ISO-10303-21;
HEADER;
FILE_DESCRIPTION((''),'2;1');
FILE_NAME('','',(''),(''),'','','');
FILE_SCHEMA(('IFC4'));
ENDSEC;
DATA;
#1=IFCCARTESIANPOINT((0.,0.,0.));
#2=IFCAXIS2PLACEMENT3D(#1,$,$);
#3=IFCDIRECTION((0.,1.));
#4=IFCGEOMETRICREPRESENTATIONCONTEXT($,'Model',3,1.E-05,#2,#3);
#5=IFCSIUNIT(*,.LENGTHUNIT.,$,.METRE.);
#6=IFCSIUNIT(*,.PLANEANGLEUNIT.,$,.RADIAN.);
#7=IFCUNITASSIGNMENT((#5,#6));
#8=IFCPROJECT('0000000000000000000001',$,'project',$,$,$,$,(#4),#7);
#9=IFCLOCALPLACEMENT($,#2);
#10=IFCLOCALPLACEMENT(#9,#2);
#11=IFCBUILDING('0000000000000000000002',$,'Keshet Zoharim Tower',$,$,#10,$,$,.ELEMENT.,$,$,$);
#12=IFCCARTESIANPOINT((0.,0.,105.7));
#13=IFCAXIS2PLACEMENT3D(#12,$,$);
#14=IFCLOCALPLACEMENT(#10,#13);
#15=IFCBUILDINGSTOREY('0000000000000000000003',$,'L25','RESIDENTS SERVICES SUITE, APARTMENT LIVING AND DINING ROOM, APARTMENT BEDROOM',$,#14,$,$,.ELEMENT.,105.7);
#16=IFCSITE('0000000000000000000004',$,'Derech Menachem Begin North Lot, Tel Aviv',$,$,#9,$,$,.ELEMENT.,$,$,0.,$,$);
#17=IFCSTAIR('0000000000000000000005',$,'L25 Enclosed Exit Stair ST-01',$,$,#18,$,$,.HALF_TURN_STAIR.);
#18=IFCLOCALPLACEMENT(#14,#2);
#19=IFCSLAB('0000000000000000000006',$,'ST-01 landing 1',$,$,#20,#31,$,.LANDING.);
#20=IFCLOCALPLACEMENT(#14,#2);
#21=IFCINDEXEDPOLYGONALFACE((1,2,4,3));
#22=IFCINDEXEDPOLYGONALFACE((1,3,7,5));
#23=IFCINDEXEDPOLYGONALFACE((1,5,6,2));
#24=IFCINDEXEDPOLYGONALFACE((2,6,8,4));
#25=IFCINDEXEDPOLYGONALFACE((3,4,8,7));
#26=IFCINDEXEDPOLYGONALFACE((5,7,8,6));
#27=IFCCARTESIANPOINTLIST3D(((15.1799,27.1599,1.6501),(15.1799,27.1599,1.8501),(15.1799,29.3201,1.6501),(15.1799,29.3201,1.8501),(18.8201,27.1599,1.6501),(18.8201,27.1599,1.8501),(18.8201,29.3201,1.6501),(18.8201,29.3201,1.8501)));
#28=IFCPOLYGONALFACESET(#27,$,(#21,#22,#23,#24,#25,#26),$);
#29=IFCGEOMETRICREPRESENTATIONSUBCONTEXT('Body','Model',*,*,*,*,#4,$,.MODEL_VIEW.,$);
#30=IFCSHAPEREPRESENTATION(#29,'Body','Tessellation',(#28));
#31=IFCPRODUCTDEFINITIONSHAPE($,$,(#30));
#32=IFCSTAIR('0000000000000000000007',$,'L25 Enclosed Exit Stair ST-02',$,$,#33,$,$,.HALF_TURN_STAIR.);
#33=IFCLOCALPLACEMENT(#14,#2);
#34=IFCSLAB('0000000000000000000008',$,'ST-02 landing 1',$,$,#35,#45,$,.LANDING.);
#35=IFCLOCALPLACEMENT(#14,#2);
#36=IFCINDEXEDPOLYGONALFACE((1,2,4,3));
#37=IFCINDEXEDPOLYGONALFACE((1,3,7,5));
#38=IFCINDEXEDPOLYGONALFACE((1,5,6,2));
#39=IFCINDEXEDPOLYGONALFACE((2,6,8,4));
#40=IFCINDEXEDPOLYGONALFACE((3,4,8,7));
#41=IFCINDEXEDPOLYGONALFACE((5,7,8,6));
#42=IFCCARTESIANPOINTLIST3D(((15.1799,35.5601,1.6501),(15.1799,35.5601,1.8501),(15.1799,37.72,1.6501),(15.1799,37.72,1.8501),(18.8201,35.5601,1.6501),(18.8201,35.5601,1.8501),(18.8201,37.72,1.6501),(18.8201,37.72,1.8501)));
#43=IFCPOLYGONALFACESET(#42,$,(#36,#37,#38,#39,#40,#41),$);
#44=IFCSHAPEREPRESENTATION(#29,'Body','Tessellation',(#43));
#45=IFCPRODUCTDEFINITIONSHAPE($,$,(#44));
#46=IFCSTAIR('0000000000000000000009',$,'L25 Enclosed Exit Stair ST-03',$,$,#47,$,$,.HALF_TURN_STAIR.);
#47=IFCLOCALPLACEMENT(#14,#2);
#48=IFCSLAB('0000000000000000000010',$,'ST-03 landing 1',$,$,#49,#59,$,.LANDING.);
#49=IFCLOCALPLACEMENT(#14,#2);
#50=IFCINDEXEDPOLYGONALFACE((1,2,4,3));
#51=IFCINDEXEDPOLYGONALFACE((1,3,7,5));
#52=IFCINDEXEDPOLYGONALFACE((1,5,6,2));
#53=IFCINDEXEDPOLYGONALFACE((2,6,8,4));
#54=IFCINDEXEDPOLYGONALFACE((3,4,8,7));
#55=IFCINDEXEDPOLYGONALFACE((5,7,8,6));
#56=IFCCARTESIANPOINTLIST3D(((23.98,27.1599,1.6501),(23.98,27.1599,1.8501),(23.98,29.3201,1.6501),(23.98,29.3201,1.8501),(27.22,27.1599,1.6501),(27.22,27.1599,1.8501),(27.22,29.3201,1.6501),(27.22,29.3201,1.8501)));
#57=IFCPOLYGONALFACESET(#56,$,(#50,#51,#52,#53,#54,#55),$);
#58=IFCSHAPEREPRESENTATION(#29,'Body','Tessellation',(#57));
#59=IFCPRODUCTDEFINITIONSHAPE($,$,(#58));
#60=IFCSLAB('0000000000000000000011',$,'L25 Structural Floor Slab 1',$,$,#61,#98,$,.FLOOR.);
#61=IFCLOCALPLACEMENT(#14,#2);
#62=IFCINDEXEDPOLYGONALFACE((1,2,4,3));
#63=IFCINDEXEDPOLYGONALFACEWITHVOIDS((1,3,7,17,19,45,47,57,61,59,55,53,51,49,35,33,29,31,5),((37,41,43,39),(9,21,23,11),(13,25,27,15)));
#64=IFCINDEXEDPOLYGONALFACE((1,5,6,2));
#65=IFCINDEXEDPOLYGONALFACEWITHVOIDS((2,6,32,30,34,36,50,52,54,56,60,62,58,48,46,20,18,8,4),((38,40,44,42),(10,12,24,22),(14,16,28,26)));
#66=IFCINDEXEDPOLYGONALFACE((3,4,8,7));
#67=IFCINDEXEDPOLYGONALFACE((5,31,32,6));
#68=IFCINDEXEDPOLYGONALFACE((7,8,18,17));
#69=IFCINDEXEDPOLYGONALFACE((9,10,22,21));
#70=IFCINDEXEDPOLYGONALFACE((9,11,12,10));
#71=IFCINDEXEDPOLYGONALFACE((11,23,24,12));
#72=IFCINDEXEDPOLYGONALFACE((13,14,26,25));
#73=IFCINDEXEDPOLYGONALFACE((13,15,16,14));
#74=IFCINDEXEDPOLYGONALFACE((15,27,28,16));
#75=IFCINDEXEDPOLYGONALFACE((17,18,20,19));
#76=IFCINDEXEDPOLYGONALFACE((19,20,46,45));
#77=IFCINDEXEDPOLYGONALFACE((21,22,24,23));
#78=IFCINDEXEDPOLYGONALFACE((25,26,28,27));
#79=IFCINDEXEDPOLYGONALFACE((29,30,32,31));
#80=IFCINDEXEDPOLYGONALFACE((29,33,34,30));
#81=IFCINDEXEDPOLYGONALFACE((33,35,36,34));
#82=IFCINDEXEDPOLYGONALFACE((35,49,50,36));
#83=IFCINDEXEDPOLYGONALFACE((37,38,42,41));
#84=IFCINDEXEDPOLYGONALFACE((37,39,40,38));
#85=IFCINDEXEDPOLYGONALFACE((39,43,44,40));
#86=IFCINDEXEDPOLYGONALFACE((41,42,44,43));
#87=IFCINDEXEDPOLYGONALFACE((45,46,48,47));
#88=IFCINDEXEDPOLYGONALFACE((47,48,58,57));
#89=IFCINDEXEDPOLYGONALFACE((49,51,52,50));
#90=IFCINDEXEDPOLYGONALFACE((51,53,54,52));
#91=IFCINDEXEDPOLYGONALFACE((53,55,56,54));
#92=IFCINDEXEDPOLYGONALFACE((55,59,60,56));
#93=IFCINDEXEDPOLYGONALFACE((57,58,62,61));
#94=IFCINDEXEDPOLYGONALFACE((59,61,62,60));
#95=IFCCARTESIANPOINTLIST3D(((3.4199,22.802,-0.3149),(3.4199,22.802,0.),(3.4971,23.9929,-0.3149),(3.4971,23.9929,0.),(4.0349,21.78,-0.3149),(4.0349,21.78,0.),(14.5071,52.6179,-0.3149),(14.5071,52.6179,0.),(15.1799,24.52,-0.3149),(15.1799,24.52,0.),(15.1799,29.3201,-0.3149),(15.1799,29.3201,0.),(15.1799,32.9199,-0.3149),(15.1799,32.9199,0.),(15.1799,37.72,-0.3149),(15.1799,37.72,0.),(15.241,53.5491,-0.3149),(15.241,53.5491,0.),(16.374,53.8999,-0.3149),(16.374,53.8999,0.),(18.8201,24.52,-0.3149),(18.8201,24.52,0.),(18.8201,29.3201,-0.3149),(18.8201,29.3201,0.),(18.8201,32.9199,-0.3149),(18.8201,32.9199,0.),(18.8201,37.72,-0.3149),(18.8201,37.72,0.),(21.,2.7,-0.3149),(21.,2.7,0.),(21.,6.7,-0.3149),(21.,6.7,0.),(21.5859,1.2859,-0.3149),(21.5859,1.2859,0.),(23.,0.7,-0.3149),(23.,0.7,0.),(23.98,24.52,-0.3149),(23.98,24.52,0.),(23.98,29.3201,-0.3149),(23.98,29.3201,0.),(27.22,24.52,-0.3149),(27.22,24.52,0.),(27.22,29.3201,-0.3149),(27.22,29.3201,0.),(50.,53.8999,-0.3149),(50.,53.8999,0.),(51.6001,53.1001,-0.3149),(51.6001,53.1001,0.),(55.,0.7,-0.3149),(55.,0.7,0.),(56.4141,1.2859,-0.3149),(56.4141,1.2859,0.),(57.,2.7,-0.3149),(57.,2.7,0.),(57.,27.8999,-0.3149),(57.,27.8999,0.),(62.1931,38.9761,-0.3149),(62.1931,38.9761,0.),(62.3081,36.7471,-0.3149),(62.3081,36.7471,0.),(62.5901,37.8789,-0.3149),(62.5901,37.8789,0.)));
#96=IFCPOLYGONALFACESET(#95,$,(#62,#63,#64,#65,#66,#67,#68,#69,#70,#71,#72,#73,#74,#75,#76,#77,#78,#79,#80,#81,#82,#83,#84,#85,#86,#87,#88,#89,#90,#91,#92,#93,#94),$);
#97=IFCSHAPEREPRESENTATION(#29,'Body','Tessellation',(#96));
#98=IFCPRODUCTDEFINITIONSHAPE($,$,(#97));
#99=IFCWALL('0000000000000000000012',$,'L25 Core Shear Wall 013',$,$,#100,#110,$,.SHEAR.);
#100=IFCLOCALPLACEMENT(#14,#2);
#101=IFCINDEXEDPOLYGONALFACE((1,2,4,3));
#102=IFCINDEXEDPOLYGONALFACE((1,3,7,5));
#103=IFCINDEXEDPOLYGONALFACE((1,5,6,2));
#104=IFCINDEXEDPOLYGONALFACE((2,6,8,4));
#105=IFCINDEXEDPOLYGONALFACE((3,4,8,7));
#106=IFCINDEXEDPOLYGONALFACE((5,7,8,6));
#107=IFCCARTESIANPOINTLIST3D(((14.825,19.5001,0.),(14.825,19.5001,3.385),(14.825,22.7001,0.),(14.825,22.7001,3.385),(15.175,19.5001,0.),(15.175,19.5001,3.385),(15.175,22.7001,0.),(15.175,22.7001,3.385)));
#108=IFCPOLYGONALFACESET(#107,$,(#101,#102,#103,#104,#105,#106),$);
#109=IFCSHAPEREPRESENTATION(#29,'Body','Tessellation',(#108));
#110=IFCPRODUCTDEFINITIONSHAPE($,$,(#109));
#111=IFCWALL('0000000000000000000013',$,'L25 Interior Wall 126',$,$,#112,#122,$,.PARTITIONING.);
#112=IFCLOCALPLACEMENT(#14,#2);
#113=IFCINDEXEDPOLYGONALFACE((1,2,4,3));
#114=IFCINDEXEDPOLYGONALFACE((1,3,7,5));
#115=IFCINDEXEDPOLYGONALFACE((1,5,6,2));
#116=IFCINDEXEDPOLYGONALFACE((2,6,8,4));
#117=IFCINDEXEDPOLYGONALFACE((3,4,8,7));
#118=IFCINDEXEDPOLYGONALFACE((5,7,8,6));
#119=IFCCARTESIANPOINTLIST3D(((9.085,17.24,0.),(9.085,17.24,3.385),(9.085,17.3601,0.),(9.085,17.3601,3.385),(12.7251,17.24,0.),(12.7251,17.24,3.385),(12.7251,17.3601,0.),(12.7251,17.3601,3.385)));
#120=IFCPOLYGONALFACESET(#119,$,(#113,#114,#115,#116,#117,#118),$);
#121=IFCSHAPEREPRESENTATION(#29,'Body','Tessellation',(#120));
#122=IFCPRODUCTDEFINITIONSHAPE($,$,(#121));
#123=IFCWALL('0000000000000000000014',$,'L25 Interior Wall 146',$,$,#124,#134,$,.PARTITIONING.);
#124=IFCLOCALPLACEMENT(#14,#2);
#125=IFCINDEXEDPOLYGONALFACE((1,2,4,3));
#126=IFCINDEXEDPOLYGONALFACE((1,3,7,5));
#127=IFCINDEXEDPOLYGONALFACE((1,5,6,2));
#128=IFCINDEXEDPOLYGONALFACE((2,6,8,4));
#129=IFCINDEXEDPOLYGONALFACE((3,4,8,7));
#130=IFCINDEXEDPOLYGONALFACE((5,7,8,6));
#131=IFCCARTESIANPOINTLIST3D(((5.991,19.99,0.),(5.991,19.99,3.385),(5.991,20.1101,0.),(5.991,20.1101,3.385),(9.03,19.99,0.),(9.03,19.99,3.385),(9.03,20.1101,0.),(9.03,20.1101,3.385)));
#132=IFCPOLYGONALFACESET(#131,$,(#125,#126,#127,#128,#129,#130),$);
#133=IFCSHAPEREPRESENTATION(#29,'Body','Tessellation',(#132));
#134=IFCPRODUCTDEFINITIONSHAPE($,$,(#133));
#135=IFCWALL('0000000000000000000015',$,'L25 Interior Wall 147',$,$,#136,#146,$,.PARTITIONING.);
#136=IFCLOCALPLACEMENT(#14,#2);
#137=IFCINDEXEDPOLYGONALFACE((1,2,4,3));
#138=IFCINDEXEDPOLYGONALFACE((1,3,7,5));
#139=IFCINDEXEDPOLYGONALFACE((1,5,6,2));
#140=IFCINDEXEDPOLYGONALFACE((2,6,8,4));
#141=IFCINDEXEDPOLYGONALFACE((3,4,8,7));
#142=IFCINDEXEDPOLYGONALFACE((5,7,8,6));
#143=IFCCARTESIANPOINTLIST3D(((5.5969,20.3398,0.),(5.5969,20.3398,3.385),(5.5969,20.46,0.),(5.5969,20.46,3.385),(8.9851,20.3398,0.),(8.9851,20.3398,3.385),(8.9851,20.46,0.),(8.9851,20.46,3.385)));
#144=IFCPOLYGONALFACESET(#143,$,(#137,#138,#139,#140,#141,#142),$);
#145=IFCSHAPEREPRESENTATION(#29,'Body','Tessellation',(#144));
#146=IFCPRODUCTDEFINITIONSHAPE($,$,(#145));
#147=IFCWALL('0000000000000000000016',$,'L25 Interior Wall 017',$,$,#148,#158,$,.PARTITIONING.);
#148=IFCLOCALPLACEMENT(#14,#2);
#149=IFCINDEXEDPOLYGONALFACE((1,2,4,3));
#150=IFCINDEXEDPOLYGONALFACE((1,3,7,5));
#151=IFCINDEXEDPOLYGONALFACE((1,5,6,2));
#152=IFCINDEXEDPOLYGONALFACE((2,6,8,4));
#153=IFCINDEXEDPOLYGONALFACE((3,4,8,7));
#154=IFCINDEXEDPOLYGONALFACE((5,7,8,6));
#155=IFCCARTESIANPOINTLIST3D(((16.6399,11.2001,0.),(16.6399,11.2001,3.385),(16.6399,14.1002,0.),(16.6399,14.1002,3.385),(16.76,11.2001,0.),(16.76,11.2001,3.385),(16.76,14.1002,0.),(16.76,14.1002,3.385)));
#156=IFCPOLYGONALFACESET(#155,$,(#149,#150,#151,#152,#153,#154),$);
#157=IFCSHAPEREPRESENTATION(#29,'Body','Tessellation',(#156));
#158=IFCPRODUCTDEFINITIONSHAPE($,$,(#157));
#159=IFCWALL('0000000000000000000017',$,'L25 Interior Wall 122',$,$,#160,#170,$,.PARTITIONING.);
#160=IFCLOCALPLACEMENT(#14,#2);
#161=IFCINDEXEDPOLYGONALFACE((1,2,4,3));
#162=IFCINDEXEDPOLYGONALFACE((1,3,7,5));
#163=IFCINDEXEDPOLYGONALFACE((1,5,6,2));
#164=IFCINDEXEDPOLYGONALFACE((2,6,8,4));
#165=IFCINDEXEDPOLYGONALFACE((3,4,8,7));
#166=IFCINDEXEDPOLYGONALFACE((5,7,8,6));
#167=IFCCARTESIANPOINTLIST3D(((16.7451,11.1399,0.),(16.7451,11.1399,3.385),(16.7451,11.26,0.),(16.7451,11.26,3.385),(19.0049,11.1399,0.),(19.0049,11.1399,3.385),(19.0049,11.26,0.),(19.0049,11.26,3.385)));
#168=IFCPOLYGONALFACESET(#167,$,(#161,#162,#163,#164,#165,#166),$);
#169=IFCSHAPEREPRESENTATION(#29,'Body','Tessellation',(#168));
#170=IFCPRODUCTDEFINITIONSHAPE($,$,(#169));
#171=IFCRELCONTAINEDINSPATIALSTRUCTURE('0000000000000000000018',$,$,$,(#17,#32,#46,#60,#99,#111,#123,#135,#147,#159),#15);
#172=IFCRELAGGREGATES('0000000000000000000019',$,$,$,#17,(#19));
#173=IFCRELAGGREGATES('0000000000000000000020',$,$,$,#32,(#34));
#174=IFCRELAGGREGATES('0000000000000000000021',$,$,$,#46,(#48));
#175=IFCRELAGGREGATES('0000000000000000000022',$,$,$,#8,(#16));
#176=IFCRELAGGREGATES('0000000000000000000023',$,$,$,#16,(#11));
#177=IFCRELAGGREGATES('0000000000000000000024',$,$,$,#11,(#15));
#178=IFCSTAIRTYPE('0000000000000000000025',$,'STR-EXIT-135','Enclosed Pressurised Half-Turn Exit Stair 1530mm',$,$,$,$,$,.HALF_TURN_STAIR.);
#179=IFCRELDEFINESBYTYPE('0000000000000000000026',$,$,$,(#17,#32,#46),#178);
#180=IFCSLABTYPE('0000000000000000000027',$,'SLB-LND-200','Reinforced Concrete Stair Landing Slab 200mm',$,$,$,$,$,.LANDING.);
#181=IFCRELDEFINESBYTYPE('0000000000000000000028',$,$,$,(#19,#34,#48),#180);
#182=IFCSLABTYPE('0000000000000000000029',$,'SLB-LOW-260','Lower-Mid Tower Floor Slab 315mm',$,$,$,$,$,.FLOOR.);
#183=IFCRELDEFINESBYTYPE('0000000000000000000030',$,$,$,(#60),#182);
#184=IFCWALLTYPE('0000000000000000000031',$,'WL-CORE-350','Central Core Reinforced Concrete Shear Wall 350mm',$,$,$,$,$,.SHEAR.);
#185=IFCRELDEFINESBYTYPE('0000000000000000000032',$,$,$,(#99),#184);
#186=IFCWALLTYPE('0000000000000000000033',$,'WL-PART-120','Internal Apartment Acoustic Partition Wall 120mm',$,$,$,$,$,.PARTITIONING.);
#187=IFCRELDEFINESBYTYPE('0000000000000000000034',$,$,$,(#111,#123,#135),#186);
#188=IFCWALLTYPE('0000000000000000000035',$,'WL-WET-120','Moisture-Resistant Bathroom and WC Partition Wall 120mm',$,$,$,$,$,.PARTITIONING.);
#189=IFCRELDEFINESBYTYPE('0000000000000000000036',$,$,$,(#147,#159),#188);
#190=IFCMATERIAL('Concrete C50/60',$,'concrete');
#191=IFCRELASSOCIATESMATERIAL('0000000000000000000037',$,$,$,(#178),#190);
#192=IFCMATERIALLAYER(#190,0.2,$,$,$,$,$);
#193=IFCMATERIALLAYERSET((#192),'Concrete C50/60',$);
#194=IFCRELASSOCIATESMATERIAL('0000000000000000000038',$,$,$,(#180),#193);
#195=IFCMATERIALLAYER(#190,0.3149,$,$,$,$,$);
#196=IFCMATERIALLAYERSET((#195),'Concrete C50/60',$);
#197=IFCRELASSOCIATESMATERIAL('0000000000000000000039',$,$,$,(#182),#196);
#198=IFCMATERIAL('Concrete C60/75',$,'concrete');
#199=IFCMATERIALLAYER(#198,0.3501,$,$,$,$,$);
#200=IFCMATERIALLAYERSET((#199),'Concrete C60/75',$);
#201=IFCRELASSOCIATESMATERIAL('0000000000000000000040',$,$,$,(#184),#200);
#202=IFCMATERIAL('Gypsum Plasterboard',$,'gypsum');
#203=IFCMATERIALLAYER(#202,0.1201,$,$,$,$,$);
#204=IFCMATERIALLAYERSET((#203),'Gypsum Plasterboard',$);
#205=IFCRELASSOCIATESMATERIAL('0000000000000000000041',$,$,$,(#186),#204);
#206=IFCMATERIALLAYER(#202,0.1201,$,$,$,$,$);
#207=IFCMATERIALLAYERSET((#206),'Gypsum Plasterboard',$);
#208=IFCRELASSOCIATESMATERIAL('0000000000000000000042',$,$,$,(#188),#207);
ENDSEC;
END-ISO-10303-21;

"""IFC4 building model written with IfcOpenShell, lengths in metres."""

from ifc_helpers import new_model, si_unit, direction, frame, frame_2d, origin, place, context, subcontext, project, spatial, polyline, rectangle, outline, extrude, material, layer, layer_set, type_object, element, aggregate, save


model = new_model("IFC4")

# Units and contexts
model_context = context("Model", 3, precision=1e-05, world=origin(), true_north=direction((0.0, 1.0)))
body_context = subcontext(model_context, "Body", "Model", "MODEL_VIEW")
ifc_project = project(units=[si_unit("LENGTHUNIT", "METRE"), si_unit("PLANEANGLEUNIT", "RADIAN")], contexts=[model_context])

# Site, building, storey
site_placement = place(None, origin())
site = spatial("IfcSite", under=ifc_project, at=site_placement, Name="Derech Menachem Begin North Lot, Tel Aviv", CompositionType="ELEMENT", RefElevation=0.0)
building_placement = place(site_placement, origin())
building = spatial("IfcBuilding", under=site, at=building_placement, Name="Keshet Zoharim Tower", CompositionType="ELEMENT")
storey_placement = place(building_placement, frame((0.0, 0.0, 105.7)))
storey = spatial("IfcBuildingStorey", under=building, at=storey_placement, Name="L25", Description="RESIDENTS SERVICES SUITE, APARTMENT LIVING AND DINING ROOM, APARTMENT BEDROOM", CompositionType="ELEMENT", Elevation=105.7)

# Shared definitions
ifc_material_1 = material(Name="Concrete C60/75", Category="concrete")

# Stairs, slabs
ifc_material_2 = material(Name="Concrete C50/60", Category="concrete")
stair_type = type_object("IfcStairType", Name="STR-EXIT-135", Description="Enclosed Pressurised Half-Turn Exit Stair 1530mm", PredefinedType="HALF_TURN_STAIR", material=ifc_material_2)
stair_1_placement = place(storey_placement, origin())
stair_1 = element("IfcStair", 1, at=stair_1_placement, inside=storey, type_object=stair_type, Name="L25 Enclosed Exit Stair ST-01", PredefinedType="HALF_TURN_STAIR")
ifc_layer_1 = layer(ifc_material_2, 0.2)
ifc_layer_set_1 = layer_set([ifc_layer_1], Name="Concrete C50/60")
slab_type_1 = type_object("IfcSlabType", Name="SLB-LND-200", Description="Reinforced Concrete Stair Landing Slab 200mm", PredefinedType="LANDING", material=ifc_layer_set_1)
slab_1_placement = place(storey_placement, frame((0.0, 0.0, 1.6501)))
slab_1 = element("IfcSlab", 2, at=slab_1_placement, type_object=slab_type_1, Name="ST-01 landing 1", PredefinedType="LANDING", context=body_context, shape_type="SweptSolid", body=[
    extrude(outline(polyline([(15.1799, 27.1599), (18.8201, 27.1599), (18.8201, 29.3201), (15.1799, 29.3201), (15.1799, 27.1599)])), origin(), (0.0, 0.0, 1.0), 0.2),
])
aggregate(stair_1, [slab_1])
stair_2_placement = place(storey_placement, origin())
stair_2 = element("IfcStair", 3, at=stair_2_placement, inside=storey, type_object=stair_type, Name="L25 Enclosed Exit Stair ST-02", PredefinedType="HALF_TURN_STAIR")
slab_2_placement = place(storey_placement, frame((0.0, 0.0, 1.6501)))
slab_2 = element("IfcSlab", 4, at=slab_2_placement, type_object=slab_type_1, Name="ST-02 landing 1", PredefinedType="LANDING", context=body_context, shape_type="SweptSolid", body=[
    extrude(outline(polyline([(15.1799, 35.5601), (18.8201, 35.5601), (18.8201, 37.72), (15.1799, 37.72), (15.1799, 35.5601)])), origin(), (0.0, 0.0, 1.0), 0.2),
])
aggregate(stair_2, [slab_2])
stair_3_placement = place(storey_placement, origin())
stair_3 = element("IfcStair", 5, at=stair_3_placement, inside=storey, type_object=stair_type, Name="L25 Enclosed Exit Stair ST-03", PredefinedType="HALF_TURN_STAIR")
slab_3_placement = place(storey_placement, frame((0.0, 0.0, 1.6501)))
slab_3 = element("IfcSlab", 6, at=slab_3_placement, type_object=slab_type_1, Name="ST-03 landing 1", PredefinedType="LANDING", context=body_context, shape_type="SweptSolid", body=[
    extrude(outline(polyline([(23.98, 27.1599), (27.22, 27.1599), (27.22, 29.3201), (23.98, 29.3201), (23.98, 27.1599)])), origin(), (0.0, 0.0, 1.0), 0.2),
])
aggregate(stair_3, [slab_3])

# Slab
ifc_layer_2 = layer(ifc_material_2, 0.3149)
ifc_layer_set_2 = layer_set([ifc_layer_2], Name="Concrete C50/60")
slab_type_2 = type_object("IfcSlabType", Name="SLB-LOW-260", Description="Lower-Mid Tower Floor Slab 315mm", PredefinedType="FLOOR", material=ifc_layer_set_2)
slab_4_placement = place(storey_placement, frame((0.0, 0.0, -0.3149)))
element("IfcSlab", 7, at=slab_4_placement, inside=storey, type_object=slab_type_2, Name="L25 Structural Floor Slab 1", PredefinedType="FLOOR", context=body_context, shape_type="SweptSolid", body=[
    extrude(outline(polyline([(57.0, 2.7), (56.4141, 1.2859), (55.0, 0.7), (23.0, 0.7), (21.5859, 1.2859), (21.0, 2.7), (21.0, 6.7), (4.0349, 21.78), (3.4199, 22.802), (3.4971, 23.9929), (14.5071, 52.6179), (15.241, 53.5491), (16.374, 53.8999), (50.0, 53.8999), (51.6001, 53.1001), (62.1931, 38.9761), (62.5901, 37.8789), (62.3081, 36.7471), (57.0, 27.8999), (57.0, 2.7)]), holes=[polyline([(15.1799, 24.52), (18.8201, 24.52), (18.8201, 29.3201), (15.1799, 29.3201), (15.1799, 24.52)]), polyline([(15.1799, 32.9199), (18.8201, 32.9199), (18.8201, 37.72), (15.1799, 37.72), (15.1799, 32.9199)]), polyline([(23.98, 24.52), (27.22, 24.52), (27.22, 29.3201), (23.98, 29.3201), (23.98, 24.52)])]), origin(), (0.0, 0.0, 1.0), 0.3149),
])

# Wall
ifc_layer_3 = layer(ifc_material_1, 0.3501)
ifc_layer_set_3 = layer_set([ifc_layer_3], Name="Concrete C60/75")
wall_type_1 = type_object("IfcWallType", Name="WL-CORE-350", Description="Central Core Reinforced Concrete Shear Wall 350mm", PredefinedType="SHEAR", material=ifc_layer_set_3)
wall_1_placement = place(storey_placement, frame((15.0, 19.5, 0.0), z_axis=(0.0, 0.0, 1.0), x_axis=(0.0, 1.0, 0.0)))
element("IfcWall", 8, at=wall_1_placement, inside=storey, type_object=wall_type_1, Name="L25 Core Shear Wall 013", PredefinedType="SHEAR", context=body_context, shape_type="SweptSolid", body=[
    extrude(rectangle(XDim=3.2, YDim=0.3501, at=frame_2d((1.6001, 0.0))), origin(), (0.0, 0.0, 1.0), 3.385),
])

# Shared definitions
ifc_material_3 = material(Name="Gypsum Plasterboard", Category="gypsum")
ifc_layer_4 = layer(ifc_material_3, 0.1201)
ifc_layer_set_4 = layer_set([ifc_layer_4], Name="Gypsum Plasterboard")
wall_type_2 = type_object("IfcWallType", Name="WL-PART-120", Description="Internal Apartment Acoustic Partition Wall 120mm", PredefinedType="PARTITIONING", material=ifc_layer_set_4)

# Walls
wall_2_placement = place(storey_placement, frame((9.085, 17.3, 0.0), z_axis=(0.0, 0.0, 1.0), x_axis=(1.0, 0.0, 0.0)))
element("IfcWall", 9, at=wall_2_placement, inside=storey, type_object=wall_type_2, Name="L25 Interior Wall 126", PredefinedType="PARTITIONING", context=body_context, shape_type="SweptSolid", body=[
    extrude(rectangle(XDim=3.6401, YDim=0.1201, at=frame_2d((1.8201, 0.0))), origin(), (0.0, 0.0, 1.0), 3.385),
])
wall_3_placement = place(storey_placement, frame((5.991, 20.05, 0.0), z_axis=(0.0, 0.0, 1.0), x_axis=(1.0, 0.0, 0.0)))
element("IfcWall", 10, at=wall_3_placement, inside=storey, type_object=wall_type_2, Name="L25 Interior Wall 146", PredefinedType="PARTITIONING", context=body_context, shape_type="SweptSolid", body=[
    extrude(rectangle(XDim=3.0391, YDim=0.1201, at=frame_2d((1.5195, 0.0))), origin(), (0.0, 0.0, 1.0), 3.385),
])
wall_4_placement = place(storey_placement, frame((5.5969, 20.3999, 0.0), z_axis=(0.0, 0.0, 1.0), x_axis=(1.0, 0.0, 0.0)))
element("IfcWall", 11, at=wall_4_placement, inside=storey, type_object=wall_type_2, Name="L25 Interior Wall 147", PredefinedType="PARTITIONING", context=body_context, shape_type="SweptSolid", body=[
    extrude(rectangle(XDim=3.3882, YDim=0.1201, at=frame_2d((1.6941, 0.0))), origin(), (0.0, 0.0, 1.0), 3.385),
])
ifc_layer_5 = layer(ifc_material_3, 0.1201)
ifc_layer_set_5 = layer_set([ifc_layer_5], Name="Gypsum Plasterboard")
wall_type_3 = type_object("IfcWallType", Name="WL-WET-120", Description="Moisture-Resistant Bathroom and WC Partition Wall 120mm", PredefinedType="PARTITIONING", material=ifc_layer_set_5)
wall_5_placement = place(storey_placement, frame((16.7, 11.2, 0.0), z_axis=(0.0, 0.0, 1.0), x_axis=(0.0, 1.0, 0.0)))
element("IfcWall", 12, at=wall_5_placement, inside=storey, type_object=wall_type_3, Name="L25 Interior Wall 017", PredefinedType="PARTITIONING", context=body_context, shape_type="SweptSolid", body=[
    extrude(rectangle(XDim=2.9001, YDim=0.1201, at=frame_2d((1.4502, 0.0))), origin(), (0.0, 0.0, 1.0), 3.385),
])
wall_6_placement = place(storey_placement, frame((16.7451, 11.2, 0.0), z_axis=(0.0, 0.0, 1.0), x_axis=(1.0, 0.0, 0.0)))
element("IfcWall", 13, at=wall_6_placement, inside=storey, type_object=wall_type_3, Name="L25 Interior Wall 122", PredefinedType="PARTITIONING", context=body_context, shape_type="SweptSolid", body=[
    extrude(rectangle(XDim=2.2598, YDim=0.1201, at=frame_2d((1.1299, 0.0))), origin(), (0.0, 0.0, 1.0), 3.385),
])

save(model, "model.ifc")
